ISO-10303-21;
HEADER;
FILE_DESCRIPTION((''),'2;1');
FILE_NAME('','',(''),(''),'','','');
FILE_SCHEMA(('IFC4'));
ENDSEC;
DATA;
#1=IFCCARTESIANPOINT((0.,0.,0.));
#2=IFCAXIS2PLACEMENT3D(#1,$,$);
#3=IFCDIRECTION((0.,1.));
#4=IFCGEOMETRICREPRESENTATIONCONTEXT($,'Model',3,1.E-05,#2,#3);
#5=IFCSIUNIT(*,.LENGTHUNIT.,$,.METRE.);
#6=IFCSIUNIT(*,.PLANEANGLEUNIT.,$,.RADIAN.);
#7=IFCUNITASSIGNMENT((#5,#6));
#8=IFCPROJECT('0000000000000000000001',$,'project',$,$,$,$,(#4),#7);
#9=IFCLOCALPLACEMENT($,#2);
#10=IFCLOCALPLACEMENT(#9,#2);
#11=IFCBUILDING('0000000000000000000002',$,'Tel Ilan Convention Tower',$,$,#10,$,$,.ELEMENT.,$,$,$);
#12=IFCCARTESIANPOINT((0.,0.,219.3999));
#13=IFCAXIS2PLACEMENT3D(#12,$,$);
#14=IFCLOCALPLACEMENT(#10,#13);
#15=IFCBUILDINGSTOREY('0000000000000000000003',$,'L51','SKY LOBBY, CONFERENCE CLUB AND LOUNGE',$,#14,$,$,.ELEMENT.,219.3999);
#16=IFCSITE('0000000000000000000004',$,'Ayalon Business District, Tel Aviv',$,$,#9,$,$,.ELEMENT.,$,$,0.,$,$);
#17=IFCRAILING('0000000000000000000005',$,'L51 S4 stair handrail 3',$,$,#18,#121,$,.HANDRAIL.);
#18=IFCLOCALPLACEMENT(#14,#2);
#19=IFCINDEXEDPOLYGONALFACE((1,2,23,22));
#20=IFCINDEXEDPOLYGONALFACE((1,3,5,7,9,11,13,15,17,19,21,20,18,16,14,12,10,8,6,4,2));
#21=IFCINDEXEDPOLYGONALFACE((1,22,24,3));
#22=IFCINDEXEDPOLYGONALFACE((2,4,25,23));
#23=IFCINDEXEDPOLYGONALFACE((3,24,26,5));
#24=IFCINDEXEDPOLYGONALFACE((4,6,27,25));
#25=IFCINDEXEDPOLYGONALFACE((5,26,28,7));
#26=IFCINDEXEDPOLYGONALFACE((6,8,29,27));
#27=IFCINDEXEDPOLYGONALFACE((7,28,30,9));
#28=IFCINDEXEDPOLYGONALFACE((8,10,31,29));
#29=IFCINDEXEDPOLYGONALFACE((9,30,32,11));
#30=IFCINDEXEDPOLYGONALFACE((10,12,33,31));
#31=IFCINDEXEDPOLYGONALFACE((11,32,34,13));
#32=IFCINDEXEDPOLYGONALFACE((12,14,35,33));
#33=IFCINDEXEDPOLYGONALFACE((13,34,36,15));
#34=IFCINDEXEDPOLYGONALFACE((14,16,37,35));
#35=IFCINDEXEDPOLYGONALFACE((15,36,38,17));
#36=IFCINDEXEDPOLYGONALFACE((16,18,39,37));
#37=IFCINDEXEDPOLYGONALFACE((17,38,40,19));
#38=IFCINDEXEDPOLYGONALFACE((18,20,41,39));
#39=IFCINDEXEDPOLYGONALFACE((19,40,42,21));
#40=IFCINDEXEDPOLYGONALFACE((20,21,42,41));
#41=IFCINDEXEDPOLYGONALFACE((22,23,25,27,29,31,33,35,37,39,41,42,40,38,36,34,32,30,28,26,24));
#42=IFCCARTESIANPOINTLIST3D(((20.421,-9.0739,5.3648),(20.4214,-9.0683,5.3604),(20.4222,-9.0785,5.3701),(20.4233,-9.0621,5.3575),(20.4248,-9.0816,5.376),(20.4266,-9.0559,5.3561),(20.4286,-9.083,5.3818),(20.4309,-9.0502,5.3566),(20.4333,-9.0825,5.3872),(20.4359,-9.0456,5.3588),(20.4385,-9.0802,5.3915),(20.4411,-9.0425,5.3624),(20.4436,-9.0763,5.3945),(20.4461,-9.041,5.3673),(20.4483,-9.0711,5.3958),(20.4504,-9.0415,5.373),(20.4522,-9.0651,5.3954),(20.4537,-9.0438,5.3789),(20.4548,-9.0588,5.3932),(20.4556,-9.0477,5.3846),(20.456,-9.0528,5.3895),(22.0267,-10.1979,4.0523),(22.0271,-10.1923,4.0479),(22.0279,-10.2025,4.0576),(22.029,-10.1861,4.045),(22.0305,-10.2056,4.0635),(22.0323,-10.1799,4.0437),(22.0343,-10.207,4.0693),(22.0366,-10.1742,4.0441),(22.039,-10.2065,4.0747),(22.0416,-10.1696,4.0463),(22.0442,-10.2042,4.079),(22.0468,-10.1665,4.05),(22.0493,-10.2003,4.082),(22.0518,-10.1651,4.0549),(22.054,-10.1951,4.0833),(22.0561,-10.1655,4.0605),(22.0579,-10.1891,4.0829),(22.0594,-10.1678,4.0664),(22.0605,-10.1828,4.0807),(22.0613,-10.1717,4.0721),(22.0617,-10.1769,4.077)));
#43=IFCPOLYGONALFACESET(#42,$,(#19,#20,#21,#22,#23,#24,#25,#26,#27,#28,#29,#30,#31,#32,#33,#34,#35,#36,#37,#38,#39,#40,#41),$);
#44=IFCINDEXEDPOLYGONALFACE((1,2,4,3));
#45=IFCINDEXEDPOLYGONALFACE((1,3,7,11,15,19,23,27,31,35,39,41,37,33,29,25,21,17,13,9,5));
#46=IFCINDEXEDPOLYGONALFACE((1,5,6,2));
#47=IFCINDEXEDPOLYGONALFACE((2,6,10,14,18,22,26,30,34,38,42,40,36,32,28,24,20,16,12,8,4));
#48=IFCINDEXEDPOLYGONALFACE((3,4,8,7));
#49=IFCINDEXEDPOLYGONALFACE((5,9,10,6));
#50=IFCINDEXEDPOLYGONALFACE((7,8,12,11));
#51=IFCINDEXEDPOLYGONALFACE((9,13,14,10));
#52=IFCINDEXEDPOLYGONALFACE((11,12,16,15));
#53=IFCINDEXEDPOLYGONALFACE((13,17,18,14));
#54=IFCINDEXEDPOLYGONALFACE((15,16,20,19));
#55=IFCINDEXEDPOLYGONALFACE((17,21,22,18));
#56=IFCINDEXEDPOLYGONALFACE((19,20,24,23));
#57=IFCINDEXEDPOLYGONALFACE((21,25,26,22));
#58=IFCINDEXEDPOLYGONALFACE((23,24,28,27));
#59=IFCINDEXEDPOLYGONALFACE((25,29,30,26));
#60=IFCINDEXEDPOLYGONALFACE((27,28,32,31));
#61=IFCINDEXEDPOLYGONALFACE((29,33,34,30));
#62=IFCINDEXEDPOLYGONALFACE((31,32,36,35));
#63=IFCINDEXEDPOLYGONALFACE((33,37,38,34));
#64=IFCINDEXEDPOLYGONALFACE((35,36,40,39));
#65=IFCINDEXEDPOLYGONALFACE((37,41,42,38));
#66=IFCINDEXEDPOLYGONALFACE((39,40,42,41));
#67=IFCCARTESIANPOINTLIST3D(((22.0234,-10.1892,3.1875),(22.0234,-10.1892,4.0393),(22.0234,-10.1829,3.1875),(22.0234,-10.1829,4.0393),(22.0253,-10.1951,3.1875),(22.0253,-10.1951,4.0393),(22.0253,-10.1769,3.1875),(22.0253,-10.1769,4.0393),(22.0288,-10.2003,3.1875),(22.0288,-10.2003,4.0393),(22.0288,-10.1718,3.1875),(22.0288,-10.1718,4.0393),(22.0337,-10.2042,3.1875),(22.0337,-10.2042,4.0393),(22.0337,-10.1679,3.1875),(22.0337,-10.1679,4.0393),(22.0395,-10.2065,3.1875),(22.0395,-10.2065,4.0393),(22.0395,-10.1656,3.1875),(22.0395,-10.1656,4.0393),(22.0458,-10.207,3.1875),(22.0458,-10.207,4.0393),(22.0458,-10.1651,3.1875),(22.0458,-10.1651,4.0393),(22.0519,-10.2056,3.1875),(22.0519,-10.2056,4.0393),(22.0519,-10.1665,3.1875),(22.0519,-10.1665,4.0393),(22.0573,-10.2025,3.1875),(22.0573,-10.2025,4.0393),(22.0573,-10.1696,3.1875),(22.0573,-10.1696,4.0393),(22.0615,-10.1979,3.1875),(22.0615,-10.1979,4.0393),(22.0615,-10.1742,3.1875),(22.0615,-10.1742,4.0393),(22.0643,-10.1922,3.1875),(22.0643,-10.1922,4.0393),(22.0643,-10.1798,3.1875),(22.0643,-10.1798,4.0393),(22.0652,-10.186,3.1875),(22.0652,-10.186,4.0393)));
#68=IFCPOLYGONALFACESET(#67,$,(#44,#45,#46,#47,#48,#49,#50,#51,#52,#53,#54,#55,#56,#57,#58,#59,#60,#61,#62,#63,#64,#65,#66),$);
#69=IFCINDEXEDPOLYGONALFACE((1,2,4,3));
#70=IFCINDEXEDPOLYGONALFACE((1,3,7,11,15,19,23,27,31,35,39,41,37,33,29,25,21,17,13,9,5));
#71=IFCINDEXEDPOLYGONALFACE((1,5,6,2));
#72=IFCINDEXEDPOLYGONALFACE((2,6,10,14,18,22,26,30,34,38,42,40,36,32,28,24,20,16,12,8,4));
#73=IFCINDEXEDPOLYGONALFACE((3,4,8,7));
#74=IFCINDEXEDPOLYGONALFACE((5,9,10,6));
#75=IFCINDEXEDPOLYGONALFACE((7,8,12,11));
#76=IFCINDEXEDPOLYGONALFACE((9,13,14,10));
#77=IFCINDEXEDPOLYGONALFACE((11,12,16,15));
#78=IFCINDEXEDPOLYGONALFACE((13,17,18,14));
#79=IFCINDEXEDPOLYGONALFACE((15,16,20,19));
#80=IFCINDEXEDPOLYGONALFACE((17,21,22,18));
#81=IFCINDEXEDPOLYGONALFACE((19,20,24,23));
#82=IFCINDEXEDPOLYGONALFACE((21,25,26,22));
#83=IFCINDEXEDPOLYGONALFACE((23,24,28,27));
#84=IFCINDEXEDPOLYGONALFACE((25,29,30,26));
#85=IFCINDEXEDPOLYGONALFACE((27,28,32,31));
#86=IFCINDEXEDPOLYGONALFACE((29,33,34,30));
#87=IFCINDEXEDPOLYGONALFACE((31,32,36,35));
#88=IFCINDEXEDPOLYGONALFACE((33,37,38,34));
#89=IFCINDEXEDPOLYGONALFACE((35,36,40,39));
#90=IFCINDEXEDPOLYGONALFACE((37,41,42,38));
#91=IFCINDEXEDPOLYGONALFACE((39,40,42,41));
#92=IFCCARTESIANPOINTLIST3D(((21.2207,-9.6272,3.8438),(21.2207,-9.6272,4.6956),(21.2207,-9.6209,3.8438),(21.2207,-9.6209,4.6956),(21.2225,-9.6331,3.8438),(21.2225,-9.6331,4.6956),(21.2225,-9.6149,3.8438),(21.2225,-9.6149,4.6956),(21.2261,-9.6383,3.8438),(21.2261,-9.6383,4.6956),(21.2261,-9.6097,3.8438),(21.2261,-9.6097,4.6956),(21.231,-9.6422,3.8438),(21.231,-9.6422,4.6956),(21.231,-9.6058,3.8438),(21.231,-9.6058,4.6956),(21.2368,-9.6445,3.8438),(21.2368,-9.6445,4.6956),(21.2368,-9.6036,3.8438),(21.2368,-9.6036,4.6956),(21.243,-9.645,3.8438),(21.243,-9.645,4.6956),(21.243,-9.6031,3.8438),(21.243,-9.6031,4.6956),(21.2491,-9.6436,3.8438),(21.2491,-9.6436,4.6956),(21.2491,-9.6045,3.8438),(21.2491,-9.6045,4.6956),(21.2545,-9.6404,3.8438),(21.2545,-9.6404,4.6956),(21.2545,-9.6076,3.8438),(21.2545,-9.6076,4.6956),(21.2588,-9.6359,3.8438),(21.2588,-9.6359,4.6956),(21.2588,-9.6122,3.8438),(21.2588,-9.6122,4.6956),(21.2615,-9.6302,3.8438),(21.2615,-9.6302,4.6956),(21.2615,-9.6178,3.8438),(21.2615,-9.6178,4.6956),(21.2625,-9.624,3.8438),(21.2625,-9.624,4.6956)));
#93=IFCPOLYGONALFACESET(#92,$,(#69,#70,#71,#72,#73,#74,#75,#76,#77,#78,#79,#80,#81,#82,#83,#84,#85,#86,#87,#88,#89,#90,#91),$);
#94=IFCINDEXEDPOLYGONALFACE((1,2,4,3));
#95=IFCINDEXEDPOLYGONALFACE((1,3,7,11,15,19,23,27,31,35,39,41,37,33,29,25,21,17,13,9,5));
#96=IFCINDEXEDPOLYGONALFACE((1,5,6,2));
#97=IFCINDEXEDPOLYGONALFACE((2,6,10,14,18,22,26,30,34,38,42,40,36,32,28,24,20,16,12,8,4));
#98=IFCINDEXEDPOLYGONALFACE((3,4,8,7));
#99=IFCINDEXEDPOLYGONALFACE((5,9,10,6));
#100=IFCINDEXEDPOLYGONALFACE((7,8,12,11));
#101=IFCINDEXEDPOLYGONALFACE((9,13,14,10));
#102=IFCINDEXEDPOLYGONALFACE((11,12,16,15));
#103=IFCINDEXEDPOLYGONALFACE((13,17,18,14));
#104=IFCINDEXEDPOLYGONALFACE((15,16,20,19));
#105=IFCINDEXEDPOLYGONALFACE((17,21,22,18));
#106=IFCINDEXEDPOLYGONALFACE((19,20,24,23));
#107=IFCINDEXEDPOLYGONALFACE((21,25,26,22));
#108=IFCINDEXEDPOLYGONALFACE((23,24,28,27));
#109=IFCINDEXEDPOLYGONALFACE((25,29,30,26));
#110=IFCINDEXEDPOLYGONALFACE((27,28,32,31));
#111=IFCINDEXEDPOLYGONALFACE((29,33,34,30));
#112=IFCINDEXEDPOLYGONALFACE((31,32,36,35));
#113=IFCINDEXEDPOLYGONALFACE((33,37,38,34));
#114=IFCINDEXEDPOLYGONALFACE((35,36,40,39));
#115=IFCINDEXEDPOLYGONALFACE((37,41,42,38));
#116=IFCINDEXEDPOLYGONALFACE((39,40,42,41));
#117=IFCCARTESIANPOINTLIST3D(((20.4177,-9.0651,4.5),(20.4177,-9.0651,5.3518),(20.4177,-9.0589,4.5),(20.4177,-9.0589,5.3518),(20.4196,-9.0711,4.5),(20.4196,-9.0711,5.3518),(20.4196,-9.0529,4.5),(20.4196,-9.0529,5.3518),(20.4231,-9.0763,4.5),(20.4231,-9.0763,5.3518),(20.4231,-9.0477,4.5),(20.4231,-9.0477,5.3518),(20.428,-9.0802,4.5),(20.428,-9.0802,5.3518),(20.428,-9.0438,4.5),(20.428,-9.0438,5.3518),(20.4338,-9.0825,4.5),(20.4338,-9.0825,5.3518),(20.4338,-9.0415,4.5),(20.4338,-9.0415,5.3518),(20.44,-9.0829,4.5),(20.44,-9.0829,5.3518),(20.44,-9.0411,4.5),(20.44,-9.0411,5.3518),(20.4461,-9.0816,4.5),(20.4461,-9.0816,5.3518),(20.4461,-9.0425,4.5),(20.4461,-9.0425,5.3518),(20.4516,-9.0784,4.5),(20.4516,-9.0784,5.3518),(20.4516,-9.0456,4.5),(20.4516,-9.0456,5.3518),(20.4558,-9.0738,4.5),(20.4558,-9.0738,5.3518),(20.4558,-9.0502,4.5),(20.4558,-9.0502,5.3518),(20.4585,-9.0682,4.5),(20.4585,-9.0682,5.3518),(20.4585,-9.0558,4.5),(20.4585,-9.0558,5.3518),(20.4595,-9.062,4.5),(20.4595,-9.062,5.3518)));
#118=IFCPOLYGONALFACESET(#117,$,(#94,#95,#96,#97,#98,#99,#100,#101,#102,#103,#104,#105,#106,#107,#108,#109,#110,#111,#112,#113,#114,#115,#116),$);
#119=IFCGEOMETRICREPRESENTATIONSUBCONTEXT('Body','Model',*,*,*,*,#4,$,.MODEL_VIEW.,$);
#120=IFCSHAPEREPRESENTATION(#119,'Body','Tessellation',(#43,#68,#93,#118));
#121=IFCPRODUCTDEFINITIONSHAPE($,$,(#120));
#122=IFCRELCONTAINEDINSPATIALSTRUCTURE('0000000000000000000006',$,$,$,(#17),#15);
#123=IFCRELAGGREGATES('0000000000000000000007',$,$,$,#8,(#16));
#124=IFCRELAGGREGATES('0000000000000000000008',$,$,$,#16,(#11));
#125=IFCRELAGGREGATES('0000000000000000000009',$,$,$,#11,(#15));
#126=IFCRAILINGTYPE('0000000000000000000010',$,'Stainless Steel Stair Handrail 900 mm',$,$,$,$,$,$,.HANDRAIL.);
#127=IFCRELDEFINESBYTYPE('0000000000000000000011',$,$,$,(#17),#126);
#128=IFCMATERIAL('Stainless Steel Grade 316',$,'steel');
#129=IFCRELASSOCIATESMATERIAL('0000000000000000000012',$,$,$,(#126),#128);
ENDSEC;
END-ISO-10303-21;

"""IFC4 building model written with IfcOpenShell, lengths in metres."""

from ifc_helpers import new_model, si_unit, direction, frame, origin, origin_2d, place, context, subcontext, project, spatial, circle, extrude, material, type_object, element, save


model = new_model("IFC4")

# Units and contexts
model_context = context("Model", 3, precision=1e-05, world=origin(), true_north=direction((0.0, 1.0)))
body_context = subcontext(model_context, "Body", "Model", "MODEL_VIEW")
ifc_project = project(units=[si_unit("LENGTHUNIT", "METRE"), si_unit("PLANEANGLEUNIT", "RADIAN")], contexts=[model_context])

# Site, building, storey
site_placement = place(None, origin())
site = spatial("IfcSite", under=ifc_project, at=site_placement, Name="Ayalon Business District, Tel Aviv", CompositionType="ELEMENT", RefElevation=0.0)
building_placement = place(site_placement, origin())
building = spatial("IfcBuilding", under=site, at=building_placement, Name="Tel Ilan Convention Tower", CompositionType="ELEMENT")
storey_placement = place(building_placement, frame((0.0, 0.0, 219.3999)))
storey = spatial("IfcBuildingStorey", under=building, at=storey_placement, Name="L51", Description="SKY LOBBY, CONFERENCE CLUB AND LOUNGE", CompositionType="ELEMENT", Elevation=219.3999)

# Railing
ifc_material_1 = material(Name="Stainless Steel Grade 316", Category="steel")
railing_type_1 = type_object("IfcRailingType", Name="Stainless Steel Stair Handrail 900 mm", PredefinedType="HANDRAIL", material=ifc_material_1)
railing_1_placement = place(storey_placement, frame((22.0442, -10.186, 3.1875)))
element("IfcRailing", 1, at=railing_1_placement, inside=storey, type_object=railing_type_1, Name="L51 S4 stair handrail 3", PredefinedType="HANDRAIL", context=body_context, shape_type="SweptSolid", body=[
    extrude(circle(Radius=0.0239, at=origin_2d()), frame((0.0, 0.0, 0.876), z_axis=(-0.680705, 0.476504, 0.556404), x_axis=(-0.573471, -0.819226, 0.0)), (0.0, 0.0, 1.0), 2.3589),
    extrude(circle(Radius=0.021, at=origin_2d()), origin(), (0.0, 0.0, 1.0), 0.8518),
    extrude(circle(Radius=0.021, at=origin_2d()), frame((-0.8027, 0.562, 0.6562)), (0.0, 0.0, 1.0), 0.8518),
    extrude(circle(Radius=0.021, at=origin_2d()), frame((-1.6057, 1.124, 1.3125)), (0.0, 0.0, 1.0), 0.8518),
])

save(model, "model.ifc")
